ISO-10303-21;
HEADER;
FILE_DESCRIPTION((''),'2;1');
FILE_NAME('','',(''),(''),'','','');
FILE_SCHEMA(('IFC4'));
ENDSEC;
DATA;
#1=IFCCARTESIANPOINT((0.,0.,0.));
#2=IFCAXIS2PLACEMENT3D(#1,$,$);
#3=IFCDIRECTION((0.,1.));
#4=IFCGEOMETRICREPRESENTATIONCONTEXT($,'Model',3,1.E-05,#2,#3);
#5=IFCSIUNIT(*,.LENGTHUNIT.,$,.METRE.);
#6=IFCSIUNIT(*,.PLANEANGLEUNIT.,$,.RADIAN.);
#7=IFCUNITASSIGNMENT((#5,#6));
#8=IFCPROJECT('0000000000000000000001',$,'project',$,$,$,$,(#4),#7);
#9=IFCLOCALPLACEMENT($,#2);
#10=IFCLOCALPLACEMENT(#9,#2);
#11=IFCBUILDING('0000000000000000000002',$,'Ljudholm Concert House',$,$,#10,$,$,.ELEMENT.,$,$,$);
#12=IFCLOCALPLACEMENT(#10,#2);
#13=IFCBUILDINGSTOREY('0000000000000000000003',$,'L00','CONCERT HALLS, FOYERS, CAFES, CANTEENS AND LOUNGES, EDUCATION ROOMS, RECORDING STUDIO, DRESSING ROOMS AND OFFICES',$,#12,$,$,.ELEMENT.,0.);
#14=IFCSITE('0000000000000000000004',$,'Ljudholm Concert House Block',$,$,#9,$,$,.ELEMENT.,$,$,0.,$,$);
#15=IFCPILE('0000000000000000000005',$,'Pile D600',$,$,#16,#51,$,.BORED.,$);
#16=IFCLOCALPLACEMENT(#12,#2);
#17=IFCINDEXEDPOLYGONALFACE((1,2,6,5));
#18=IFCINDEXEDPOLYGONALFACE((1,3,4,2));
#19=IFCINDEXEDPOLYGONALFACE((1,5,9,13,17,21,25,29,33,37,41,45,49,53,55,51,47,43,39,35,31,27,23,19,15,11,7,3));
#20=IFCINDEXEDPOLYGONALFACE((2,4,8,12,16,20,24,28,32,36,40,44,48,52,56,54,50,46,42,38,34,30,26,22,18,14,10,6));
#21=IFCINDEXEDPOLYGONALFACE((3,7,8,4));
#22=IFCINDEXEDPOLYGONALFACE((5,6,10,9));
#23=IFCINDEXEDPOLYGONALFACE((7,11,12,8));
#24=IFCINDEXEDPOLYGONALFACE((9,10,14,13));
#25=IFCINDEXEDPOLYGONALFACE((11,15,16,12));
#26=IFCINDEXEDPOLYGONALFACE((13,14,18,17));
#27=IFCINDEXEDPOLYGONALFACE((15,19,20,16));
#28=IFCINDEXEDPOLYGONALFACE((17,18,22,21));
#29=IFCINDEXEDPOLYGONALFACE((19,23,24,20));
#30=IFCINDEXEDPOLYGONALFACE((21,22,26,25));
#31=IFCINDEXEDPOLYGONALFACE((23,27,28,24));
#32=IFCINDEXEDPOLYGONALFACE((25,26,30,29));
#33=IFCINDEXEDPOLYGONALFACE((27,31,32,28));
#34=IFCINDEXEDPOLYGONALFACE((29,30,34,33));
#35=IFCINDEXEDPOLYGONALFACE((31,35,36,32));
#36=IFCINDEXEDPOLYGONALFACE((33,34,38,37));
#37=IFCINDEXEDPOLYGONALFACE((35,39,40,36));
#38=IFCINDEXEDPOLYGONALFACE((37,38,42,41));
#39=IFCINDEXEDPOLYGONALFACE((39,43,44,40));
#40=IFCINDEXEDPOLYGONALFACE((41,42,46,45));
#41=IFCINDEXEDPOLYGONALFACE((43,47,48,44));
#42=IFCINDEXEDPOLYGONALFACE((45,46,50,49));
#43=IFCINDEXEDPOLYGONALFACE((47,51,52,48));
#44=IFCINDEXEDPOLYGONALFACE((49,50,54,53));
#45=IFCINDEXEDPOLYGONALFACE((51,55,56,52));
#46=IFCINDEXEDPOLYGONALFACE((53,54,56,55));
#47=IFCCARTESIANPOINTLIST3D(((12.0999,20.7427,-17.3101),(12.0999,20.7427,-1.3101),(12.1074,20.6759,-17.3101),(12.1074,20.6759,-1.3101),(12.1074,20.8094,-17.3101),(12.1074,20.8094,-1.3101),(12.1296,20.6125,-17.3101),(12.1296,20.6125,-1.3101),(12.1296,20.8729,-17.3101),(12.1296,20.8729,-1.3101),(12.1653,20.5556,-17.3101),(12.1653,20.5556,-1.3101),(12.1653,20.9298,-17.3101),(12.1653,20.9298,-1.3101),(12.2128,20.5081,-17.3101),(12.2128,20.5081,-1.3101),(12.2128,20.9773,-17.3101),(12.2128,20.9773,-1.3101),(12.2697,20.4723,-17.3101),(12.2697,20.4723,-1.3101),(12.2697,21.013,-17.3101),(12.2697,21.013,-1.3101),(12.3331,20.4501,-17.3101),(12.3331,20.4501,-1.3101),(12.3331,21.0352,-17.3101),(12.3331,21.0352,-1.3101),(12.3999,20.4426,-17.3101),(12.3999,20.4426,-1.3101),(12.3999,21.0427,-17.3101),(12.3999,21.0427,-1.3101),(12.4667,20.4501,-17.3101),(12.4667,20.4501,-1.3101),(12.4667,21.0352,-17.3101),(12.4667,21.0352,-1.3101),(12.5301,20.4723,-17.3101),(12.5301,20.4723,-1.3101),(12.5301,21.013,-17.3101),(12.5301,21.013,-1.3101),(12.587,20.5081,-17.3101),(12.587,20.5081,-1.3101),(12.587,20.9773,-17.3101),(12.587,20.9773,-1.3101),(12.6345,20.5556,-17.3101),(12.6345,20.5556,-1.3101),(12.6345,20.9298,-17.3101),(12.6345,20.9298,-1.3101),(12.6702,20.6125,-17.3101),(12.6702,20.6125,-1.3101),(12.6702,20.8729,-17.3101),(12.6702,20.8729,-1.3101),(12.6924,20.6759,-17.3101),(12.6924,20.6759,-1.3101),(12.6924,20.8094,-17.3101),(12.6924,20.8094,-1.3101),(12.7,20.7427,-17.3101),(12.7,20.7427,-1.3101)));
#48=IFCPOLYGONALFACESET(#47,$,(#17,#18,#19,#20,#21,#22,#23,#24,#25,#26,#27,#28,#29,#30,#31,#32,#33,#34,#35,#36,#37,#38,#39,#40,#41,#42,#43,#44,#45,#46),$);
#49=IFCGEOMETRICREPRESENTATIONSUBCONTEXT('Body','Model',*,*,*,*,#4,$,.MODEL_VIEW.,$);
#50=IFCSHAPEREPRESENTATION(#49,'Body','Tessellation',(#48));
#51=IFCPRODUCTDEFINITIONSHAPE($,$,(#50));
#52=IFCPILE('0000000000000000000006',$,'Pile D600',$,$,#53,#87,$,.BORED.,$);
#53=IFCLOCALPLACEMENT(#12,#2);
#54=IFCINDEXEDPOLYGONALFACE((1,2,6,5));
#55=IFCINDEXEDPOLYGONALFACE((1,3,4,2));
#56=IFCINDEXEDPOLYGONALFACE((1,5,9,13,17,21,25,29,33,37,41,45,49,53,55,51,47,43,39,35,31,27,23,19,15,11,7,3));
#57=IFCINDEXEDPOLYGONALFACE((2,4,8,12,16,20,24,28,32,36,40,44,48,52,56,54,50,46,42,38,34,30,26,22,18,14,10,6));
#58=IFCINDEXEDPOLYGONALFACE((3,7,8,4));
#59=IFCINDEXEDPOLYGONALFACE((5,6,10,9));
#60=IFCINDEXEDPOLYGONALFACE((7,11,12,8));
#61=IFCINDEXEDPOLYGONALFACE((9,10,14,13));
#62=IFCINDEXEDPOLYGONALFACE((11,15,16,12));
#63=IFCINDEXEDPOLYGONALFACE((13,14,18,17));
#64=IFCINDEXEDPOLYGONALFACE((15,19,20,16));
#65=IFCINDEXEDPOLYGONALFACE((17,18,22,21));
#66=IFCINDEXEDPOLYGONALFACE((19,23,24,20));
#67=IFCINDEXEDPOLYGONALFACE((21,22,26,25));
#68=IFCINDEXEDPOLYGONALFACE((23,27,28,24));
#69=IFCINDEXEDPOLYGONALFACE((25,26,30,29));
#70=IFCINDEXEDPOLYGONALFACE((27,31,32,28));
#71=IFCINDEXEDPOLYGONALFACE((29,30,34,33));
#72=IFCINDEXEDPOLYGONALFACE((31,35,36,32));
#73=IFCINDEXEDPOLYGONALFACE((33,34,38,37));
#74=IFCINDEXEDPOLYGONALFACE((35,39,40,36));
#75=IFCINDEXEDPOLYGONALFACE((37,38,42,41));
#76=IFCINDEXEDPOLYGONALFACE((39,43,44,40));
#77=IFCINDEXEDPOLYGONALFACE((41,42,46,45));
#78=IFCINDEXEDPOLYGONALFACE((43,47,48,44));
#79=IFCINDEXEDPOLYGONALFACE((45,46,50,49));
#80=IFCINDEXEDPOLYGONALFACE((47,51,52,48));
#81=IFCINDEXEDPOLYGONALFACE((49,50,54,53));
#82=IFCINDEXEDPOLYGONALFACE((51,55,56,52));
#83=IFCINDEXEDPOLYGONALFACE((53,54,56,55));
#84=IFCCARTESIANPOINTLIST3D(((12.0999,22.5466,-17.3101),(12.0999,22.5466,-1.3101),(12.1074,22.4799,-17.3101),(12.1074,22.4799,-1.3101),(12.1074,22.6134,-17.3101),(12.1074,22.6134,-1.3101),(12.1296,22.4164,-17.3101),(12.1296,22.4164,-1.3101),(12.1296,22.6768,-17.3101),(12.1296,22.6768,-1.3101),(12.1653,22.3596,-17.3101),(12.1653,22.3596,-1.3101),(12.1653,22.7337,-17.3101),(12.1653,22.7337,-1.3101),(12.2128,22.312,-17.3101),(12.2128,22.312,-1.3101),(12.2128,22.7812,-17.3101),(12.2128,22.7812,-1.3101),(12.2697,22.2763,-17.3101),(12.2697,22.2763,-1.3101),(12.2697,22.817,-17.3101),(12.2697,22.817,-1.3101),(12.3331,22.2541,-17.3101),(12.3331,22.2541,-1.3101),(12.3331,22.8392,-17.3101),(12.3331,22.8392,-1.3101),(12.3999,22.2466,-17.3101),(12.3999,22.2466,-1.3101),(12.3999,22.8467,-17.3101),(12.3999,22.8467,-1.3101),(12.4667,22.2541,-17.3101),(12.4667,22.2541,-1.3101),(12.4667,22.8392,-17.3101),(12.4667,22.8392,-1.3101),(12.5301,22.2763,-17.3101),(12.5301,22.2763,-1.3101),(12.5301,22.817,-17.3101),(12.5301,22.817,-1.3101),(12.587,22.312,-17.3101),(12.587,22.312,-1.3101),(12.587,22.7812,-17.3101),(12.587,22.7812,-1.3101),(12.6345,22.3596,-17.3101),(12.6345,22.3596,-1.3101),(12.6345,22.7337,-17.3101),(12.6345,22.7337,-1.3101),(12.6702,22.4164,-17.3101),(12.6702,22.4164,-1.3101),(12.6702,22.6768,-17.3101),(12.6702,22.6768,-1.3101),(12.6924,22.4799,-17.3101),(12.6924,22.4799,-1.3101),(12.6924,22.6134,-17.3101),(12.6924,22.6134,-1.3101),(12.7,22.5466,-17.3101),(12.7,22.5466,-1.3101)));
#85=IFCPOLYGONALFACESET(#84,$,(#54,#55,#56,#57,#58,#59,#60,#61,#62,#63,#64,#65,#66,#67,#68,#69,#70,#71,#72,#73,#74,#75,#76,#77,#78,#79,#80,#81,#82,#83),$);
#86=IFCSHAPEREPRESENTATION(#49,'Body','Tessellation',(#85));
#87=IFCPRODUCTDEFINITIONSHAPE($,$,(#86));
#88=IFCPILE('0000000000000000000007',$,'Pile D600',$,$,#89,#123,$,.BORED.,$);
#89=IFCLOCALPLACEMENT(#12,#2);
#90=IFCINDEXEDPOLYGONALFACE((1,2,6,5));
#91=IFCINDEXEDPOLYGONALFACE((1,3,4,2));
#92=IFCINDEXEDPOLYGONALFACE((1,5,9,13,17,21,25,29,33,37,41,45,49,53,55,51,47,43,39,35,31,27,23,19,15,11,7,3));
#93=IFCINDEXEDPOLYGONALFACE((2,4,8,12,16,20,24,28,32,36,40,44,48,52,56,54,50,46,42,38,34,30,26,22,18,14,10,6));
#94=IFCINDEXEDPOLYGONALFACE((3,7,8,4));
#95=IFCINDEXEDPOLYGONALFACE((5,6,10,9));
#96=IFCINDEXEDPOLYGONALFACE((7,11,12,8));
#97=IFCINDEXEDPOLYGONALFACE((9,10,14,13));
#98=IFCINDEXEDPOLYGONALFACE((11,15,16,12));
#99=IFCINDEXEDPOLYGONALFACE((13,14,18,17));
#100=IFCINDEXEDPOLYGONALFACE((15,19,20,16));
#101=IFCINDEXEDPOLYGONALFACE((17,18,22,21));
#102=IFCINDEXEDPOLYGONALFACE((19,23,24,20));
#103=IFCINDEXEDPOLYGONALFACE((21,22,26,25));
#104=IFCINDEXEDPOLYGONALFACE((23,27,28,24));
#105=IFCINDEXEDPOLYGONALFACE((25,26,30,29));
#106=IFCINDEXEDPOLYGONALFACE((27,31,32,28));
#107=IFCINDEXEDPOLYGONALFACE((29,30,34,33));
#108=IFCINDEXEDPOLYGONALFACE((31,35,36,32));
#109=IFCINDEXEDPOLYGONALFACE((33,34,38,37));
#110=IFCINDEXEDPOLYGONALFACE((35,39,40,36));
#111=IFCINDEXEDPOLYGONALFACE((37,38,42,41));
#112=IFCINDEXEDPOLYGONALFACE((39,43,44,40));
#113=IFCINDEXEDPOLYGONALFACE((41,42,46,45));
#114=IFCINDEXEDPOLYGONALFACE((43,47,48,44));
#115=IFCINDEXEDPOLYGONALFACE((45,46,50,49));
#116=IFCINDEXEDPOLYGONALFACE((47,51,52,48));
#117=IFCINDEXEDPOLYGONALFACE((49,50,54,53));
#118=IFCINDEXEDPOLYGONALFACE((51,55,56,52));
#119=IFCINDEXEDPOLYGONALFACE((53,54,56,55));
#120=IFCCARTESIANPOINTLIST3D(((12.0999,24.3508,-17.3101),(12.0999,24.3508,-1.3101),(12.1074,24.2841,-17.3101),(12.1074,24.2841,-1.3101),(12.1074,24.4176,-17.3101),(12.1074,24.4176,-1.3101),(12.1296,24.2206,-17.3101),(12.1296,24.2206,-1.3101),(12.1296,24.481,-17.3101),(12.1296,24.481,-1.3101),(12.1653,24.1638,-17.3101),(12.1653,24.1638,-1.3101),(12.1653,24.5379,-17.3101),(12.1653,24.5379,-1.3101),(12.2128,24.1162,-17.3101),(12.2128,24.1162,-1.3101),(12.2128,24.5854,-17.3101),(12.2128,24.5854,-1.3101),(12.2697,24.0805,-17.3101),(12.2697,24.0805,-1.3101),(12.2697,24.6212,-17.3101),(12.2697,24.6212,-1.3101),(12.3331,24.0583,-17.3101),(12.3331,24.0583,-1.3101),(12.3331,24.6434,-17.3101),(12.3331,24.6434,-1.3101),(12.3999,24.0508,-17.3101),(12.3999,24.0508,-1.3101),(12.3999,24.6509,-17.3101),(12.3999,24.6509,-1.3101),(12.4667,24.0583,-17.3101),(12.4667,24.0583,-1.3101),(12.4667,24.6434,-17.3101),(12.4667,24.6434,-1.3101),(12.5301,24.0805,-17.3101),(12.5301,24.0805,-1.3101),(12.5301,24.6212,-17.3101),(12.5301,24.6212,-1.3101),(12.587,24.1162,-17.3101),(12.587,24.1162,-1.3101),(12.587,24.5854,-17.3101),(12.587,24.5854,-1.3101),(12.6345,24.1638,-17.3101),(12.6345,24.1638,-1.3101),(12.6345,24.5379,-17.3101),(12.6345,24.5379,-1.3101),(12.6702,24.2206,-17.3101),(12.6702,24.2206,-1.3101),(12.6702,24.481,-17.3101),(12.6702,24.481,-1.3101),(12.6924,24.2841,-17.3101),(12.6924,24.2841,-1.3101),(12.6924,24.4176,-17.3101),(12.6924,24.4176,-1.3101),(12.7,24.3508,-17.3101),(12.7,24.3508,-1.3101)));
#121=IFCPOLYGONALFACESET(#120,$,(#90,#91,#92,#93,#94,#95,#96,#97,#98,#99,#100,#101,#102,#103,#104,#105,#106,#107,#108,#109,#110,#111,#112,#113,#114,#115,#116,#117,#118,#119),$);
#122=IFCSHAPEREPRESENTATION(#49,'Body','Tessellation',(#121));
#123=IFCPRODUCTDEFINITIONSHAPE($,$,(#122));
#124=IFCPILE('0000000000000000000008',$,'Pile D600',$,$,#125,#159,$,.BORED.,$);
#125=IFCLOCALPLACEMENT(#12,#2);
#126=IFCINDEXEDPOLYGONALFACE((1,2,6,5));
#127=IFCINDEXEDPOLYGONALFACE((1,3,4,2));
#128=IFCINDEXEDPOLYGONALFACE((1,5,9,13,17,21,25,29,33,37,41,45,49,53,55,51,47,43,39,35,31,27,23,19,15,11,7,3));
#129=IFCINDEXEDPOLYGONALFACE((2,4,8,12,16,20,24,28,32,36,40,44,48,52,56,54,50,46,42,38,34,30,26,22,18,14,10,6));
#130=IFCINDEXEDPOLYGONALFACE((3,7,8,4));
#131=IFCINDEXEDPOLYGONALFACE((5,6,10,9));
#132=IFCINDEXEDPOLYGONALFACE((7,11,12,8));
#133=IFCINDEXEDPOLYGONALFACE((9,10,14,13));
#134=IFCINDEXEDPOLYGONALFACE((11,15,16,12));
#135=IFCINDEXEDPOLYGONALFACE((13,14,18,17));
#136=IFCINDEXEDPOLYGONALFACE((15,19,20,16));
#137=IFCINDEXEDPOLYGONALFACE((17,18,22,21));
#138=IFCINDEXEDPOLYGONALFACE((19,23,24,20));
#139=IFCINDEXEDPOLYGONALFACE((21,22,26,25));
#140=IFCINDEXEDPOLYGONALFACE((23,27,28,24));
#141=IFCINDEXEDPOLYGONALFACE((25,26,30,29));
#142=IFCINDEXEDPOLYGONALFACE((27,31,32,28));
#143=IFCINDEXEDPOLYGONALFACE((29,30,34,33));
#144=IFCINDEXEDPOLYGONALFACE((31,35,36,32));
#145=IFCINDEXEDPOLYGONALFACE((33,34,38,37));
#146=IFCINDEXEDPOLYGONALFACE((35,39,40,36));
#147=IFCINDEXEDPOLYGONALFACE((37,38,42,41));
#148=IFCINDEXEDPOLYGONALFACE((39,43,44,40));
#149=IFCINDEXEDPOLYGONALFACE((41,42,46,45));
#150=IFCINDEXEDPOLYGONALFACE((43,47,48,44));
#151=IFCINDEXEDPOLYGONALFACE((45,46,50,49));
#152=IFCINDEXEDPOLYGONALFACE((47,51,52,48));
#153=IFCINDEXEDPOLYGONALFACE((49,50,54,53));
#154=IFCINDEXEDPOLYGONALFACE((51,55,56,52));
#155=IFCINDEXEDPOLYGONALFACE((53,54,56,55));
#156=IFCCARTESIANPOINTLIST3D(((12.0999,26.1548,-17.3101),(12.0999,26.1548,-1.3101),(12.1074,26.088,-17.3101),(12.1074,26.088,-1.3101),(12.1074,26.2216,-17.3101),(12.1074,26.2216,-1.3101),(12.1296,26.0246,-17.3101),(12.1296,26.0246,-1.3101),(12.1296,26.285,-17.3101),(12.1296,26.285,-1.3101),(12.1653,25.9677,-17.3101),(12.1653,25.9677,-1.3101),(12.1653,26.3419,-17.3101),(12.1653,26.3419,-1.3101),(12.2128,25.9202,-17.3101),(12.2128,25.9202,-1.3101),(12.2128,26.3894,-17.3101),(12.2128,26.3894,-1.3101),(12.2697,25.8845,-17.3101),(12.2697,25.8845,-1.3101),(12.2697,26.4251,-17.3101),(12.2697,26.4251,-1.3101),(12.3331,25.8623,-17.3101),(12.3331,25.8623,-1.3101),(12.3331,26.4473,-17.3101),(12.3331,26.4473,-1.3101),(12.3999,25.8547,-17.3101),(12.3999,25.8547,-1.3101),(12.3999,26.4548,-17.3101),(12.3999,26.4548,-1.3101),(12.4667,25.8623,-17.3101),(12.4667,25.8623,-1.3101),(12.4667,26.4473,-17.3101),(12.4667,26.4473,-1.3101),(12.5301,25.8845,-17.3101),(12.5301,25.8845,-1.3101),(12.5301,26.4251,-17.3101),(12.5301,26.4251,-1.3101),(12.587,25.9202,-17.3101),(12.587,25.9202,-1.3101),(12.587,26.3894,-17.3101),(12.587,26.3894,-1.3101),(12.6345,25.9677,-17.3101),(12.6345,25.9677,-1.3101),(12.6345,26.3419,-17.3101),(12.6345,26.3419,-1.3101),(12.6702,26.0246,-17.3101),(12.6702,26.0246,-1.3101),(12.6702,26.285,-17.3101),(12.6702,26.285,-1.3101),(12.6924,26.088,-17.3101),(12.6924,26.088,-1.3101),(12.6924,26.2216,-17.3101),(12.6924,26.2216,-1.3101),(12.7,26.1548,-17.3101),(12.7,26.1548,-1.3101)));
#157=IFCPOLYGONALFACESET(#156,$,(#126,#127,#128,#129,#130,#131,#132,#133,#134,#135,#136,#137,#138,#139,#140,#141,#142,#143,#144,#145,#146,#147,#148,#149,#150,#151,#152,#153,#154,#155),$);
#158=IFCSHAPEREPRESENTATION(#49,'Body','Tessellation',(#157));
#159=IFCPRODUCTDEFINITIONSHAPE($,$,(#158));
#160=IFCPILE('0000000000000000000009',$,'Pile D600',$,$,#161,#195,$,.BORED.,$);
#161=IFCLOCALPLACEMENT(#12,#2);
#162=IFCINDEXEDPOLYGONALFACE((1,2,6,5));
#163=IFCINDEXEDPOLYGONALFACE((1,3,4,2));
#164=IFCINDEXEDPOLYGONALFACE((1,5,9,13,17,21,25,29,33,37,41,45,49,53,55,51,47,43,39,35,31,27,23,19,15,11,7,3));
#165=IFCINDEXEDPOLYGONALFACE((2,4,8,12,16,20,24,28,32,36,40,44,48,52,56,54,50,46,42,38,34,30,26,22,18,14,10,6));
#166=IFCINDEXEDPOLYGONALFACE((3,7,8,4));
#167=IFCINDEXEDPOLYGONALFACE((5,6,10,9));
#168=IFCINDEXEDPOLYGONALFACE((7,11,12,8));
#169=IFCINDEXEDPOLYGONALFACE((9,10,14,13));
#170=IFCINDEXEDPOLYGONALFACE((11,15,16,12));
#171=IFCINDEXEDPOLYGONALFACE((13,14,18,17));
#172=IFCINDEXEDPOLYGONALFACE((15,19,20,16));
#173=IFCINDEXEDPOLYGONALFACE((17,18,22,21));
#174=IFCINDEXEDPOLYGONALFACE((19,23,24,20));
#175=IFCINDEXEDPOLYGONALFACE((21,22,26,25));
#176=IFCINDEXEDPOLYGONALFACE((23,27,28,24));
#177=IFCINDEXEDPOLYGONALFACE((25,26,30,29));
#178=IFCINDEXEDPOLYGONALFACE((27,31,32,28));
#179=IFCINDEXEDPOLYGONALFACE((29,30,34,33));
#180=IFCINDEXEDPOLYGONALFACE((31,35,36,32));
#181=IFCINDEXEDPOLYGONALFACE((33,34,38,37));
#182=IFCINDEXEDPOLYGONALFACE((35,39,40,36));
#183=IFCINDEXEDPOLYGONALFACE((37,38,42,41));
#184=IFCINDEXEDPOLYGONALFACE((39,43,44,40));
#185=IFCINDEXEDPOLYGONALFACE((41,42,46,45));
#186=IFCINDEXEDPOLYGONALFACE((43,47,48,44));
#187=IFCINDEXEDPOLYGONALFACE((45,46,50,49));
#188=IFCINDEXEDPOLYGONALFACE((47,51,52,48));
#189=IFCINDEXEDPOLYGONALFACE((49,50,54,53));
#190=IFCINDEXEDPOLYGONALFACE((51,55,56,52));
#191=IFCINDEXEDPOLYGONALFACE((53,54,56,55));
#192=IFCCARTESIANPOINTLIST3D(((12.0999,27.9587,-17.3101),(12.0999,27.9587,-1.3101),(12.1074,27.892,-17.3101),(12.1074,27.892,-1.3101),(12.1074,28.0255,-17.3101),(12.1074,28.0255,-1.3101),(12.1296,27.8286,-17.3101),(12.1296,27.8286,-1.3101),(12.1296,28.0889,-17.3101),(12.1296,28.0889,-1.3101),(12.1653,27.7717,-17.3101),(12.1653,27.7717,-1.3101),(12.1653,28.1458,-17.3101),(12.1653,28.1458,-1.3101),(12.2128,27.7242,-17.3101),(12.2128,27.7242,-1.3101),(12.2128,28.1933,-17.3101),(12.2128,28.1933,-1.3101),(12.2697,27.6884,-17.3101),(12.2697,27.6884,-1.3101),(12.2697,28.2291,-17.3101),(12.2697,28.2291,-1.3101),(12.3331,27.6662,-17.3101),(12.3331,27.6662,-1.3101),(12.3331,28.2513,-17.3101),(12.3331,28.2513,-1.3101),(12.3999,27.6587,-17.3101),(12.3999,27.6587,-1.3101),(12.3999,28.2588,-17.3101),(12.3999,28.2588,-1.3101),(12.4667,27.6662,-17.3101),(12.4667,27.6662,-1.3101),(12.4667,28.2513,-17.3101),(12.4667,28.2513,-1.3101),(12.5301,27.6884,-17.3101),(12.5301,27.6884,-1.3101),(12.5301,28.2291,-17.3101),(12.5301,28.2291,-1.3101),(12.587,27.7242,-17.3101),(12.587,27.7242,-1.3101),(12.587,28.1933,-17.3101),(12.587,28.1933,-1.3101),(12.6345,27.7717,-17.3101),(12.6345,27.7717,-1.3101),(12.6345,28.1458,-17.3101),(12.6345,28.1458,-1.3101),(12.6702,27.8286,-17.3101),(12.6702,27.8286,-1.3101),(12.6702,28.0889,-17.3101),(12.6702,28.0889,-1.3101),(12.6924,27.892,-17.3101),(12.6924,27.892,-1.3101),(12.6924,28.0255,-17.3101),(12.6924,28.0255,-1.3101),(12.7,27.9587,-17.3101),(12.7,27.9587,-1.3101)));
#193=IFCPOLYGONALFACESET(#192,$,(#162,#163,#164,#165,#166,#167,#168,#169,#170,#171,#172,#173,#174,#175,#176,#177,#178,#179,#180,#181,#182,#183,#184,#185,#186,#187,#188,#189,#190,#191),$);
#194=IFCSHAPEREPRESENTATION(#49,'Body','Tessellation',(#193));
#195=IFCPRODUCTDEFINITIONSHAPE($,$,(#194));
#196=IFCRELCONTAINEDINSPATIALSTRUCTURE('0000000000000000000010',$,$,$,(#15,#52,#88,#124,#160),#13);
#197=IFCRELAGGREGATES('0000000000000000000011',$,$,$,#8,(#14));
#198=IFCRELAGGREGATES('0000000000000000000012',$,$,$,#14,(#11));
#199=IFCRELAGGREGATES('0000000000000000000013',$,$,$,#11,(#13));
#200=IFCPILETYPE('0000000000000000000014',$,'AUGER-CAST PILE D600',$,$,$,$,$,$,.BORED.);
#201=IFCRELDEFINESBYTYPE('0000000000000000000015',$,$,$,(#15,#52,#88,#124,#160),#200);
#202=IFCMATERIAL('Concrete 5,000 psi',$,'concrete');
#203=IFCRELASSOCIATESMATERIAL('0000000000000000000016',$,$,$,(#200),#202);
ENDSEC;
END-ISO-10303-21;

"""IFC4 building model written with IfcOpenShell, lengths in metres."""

from ifc_helpers import new_model, si_unit, direction, frame, origin, origin_2d, place, context, subcontext, project, spatial, circle, extrude, material, material_profile, profile_set, type_object, element, save


model = new_model("IFC4")

# Units and contexts
model_context = context("Model", 3, precision=1e-05, world=origin(), true_north=direction((0.0, 1.0)))
body_context = subcontext(model_context, "Body", "Model", "MODEL_VIEW")
ifc_project = project(units=[si_unit("LENGTHUNIT", "METRE"), si_unit("PLANEANGLEUNIT", "RADIAN")], contexts=[model_context])

# Site, building, storey
site_placement = place(None, origin())
site = spatial("IfcSite", under=ifc_project, at=site_placement, Name="Ljudholm Concert House Block", CompositionType="ELEMENT", RefElevation=0.0)
building_placement = place(site_placement, origin())
building = spatial("IfcBuilding", under=site, at=building_placement, Name="Ljudholm Concert House", CompositionType="ELEMENT")
storey_placement = place(building_placement, origin())
storey = spatial("IfcBuildingStorey", under=building, at=storey_placement, Name="L00", Description="CONCERT HALLS, FOYERS, CAFES, CANTEENS AND LOUNGES, EDUCATION ROOMS, RECORDING STUDIO, DRESSING ROOMS AND OFFICES", CompositionType="ELEMENT", Elevation=0.0)

# Piles
ifc_material_1 = material(Name="Concrete 5,000 psi", Category="concrete")
ifc_material_profile_1 = material_profile(ifc_material_1, circle(Radius=0.3, at=origin_2d()), Name="AUGER-CAST PILE D600")
ifc_profile_set_1 = profile_set([ifc_material_profile_1], Name="Concrete 5,000 psi")
pile_type = type_object("IfcPileType", Name="AUGER-CAST PILE D600", PredefinedType="BORED", material=ifc_profile_set_1)
for number, where, z_axis, x_axis, name in (
    (1, (12.3999, 20.7427, -1.3101), (0.0, 0.0, -1.0), (1.0, 0.0, 0.0), "Pile D600"),
    (2, (12.3999, 22.5466, -1.3101), (0.0, 0.0, -1.0), (1.0, 0.0, 0.0), "Pile D600"),
    (3, (12.3999, 24.3508, -1.3101), (0.0, 0.0, -1.0), (1.0, 0.0, 0.0), "Pile D600"),
    (4, (12.3999, 26.1548, -1.3101), (0.0, 0.0, -1.0), (1.0, 0.0, 0.0), "Pile D600"),
    (5, (12.3999, 27.9587, -1.3101), (0.0, 0.0, -1.0), (1.0, 0.0, 0.0), "Pile D600"),
):
    element("IfcPile", number, at=place(storey_placement, frame(where, z_axis=z_axis, x_axis=x_axis)), inside=storey, type_object=pile_type, Name=name, PredefinedType="BORED", context=body_context, shape_type="SweptSolid", body=[
        extrude(circle(Radius=0.3, at=origin_2d()), origin(), (0.0, 0.0, 1.0), 16.0),
    ])

save(model, "model.ifc")
